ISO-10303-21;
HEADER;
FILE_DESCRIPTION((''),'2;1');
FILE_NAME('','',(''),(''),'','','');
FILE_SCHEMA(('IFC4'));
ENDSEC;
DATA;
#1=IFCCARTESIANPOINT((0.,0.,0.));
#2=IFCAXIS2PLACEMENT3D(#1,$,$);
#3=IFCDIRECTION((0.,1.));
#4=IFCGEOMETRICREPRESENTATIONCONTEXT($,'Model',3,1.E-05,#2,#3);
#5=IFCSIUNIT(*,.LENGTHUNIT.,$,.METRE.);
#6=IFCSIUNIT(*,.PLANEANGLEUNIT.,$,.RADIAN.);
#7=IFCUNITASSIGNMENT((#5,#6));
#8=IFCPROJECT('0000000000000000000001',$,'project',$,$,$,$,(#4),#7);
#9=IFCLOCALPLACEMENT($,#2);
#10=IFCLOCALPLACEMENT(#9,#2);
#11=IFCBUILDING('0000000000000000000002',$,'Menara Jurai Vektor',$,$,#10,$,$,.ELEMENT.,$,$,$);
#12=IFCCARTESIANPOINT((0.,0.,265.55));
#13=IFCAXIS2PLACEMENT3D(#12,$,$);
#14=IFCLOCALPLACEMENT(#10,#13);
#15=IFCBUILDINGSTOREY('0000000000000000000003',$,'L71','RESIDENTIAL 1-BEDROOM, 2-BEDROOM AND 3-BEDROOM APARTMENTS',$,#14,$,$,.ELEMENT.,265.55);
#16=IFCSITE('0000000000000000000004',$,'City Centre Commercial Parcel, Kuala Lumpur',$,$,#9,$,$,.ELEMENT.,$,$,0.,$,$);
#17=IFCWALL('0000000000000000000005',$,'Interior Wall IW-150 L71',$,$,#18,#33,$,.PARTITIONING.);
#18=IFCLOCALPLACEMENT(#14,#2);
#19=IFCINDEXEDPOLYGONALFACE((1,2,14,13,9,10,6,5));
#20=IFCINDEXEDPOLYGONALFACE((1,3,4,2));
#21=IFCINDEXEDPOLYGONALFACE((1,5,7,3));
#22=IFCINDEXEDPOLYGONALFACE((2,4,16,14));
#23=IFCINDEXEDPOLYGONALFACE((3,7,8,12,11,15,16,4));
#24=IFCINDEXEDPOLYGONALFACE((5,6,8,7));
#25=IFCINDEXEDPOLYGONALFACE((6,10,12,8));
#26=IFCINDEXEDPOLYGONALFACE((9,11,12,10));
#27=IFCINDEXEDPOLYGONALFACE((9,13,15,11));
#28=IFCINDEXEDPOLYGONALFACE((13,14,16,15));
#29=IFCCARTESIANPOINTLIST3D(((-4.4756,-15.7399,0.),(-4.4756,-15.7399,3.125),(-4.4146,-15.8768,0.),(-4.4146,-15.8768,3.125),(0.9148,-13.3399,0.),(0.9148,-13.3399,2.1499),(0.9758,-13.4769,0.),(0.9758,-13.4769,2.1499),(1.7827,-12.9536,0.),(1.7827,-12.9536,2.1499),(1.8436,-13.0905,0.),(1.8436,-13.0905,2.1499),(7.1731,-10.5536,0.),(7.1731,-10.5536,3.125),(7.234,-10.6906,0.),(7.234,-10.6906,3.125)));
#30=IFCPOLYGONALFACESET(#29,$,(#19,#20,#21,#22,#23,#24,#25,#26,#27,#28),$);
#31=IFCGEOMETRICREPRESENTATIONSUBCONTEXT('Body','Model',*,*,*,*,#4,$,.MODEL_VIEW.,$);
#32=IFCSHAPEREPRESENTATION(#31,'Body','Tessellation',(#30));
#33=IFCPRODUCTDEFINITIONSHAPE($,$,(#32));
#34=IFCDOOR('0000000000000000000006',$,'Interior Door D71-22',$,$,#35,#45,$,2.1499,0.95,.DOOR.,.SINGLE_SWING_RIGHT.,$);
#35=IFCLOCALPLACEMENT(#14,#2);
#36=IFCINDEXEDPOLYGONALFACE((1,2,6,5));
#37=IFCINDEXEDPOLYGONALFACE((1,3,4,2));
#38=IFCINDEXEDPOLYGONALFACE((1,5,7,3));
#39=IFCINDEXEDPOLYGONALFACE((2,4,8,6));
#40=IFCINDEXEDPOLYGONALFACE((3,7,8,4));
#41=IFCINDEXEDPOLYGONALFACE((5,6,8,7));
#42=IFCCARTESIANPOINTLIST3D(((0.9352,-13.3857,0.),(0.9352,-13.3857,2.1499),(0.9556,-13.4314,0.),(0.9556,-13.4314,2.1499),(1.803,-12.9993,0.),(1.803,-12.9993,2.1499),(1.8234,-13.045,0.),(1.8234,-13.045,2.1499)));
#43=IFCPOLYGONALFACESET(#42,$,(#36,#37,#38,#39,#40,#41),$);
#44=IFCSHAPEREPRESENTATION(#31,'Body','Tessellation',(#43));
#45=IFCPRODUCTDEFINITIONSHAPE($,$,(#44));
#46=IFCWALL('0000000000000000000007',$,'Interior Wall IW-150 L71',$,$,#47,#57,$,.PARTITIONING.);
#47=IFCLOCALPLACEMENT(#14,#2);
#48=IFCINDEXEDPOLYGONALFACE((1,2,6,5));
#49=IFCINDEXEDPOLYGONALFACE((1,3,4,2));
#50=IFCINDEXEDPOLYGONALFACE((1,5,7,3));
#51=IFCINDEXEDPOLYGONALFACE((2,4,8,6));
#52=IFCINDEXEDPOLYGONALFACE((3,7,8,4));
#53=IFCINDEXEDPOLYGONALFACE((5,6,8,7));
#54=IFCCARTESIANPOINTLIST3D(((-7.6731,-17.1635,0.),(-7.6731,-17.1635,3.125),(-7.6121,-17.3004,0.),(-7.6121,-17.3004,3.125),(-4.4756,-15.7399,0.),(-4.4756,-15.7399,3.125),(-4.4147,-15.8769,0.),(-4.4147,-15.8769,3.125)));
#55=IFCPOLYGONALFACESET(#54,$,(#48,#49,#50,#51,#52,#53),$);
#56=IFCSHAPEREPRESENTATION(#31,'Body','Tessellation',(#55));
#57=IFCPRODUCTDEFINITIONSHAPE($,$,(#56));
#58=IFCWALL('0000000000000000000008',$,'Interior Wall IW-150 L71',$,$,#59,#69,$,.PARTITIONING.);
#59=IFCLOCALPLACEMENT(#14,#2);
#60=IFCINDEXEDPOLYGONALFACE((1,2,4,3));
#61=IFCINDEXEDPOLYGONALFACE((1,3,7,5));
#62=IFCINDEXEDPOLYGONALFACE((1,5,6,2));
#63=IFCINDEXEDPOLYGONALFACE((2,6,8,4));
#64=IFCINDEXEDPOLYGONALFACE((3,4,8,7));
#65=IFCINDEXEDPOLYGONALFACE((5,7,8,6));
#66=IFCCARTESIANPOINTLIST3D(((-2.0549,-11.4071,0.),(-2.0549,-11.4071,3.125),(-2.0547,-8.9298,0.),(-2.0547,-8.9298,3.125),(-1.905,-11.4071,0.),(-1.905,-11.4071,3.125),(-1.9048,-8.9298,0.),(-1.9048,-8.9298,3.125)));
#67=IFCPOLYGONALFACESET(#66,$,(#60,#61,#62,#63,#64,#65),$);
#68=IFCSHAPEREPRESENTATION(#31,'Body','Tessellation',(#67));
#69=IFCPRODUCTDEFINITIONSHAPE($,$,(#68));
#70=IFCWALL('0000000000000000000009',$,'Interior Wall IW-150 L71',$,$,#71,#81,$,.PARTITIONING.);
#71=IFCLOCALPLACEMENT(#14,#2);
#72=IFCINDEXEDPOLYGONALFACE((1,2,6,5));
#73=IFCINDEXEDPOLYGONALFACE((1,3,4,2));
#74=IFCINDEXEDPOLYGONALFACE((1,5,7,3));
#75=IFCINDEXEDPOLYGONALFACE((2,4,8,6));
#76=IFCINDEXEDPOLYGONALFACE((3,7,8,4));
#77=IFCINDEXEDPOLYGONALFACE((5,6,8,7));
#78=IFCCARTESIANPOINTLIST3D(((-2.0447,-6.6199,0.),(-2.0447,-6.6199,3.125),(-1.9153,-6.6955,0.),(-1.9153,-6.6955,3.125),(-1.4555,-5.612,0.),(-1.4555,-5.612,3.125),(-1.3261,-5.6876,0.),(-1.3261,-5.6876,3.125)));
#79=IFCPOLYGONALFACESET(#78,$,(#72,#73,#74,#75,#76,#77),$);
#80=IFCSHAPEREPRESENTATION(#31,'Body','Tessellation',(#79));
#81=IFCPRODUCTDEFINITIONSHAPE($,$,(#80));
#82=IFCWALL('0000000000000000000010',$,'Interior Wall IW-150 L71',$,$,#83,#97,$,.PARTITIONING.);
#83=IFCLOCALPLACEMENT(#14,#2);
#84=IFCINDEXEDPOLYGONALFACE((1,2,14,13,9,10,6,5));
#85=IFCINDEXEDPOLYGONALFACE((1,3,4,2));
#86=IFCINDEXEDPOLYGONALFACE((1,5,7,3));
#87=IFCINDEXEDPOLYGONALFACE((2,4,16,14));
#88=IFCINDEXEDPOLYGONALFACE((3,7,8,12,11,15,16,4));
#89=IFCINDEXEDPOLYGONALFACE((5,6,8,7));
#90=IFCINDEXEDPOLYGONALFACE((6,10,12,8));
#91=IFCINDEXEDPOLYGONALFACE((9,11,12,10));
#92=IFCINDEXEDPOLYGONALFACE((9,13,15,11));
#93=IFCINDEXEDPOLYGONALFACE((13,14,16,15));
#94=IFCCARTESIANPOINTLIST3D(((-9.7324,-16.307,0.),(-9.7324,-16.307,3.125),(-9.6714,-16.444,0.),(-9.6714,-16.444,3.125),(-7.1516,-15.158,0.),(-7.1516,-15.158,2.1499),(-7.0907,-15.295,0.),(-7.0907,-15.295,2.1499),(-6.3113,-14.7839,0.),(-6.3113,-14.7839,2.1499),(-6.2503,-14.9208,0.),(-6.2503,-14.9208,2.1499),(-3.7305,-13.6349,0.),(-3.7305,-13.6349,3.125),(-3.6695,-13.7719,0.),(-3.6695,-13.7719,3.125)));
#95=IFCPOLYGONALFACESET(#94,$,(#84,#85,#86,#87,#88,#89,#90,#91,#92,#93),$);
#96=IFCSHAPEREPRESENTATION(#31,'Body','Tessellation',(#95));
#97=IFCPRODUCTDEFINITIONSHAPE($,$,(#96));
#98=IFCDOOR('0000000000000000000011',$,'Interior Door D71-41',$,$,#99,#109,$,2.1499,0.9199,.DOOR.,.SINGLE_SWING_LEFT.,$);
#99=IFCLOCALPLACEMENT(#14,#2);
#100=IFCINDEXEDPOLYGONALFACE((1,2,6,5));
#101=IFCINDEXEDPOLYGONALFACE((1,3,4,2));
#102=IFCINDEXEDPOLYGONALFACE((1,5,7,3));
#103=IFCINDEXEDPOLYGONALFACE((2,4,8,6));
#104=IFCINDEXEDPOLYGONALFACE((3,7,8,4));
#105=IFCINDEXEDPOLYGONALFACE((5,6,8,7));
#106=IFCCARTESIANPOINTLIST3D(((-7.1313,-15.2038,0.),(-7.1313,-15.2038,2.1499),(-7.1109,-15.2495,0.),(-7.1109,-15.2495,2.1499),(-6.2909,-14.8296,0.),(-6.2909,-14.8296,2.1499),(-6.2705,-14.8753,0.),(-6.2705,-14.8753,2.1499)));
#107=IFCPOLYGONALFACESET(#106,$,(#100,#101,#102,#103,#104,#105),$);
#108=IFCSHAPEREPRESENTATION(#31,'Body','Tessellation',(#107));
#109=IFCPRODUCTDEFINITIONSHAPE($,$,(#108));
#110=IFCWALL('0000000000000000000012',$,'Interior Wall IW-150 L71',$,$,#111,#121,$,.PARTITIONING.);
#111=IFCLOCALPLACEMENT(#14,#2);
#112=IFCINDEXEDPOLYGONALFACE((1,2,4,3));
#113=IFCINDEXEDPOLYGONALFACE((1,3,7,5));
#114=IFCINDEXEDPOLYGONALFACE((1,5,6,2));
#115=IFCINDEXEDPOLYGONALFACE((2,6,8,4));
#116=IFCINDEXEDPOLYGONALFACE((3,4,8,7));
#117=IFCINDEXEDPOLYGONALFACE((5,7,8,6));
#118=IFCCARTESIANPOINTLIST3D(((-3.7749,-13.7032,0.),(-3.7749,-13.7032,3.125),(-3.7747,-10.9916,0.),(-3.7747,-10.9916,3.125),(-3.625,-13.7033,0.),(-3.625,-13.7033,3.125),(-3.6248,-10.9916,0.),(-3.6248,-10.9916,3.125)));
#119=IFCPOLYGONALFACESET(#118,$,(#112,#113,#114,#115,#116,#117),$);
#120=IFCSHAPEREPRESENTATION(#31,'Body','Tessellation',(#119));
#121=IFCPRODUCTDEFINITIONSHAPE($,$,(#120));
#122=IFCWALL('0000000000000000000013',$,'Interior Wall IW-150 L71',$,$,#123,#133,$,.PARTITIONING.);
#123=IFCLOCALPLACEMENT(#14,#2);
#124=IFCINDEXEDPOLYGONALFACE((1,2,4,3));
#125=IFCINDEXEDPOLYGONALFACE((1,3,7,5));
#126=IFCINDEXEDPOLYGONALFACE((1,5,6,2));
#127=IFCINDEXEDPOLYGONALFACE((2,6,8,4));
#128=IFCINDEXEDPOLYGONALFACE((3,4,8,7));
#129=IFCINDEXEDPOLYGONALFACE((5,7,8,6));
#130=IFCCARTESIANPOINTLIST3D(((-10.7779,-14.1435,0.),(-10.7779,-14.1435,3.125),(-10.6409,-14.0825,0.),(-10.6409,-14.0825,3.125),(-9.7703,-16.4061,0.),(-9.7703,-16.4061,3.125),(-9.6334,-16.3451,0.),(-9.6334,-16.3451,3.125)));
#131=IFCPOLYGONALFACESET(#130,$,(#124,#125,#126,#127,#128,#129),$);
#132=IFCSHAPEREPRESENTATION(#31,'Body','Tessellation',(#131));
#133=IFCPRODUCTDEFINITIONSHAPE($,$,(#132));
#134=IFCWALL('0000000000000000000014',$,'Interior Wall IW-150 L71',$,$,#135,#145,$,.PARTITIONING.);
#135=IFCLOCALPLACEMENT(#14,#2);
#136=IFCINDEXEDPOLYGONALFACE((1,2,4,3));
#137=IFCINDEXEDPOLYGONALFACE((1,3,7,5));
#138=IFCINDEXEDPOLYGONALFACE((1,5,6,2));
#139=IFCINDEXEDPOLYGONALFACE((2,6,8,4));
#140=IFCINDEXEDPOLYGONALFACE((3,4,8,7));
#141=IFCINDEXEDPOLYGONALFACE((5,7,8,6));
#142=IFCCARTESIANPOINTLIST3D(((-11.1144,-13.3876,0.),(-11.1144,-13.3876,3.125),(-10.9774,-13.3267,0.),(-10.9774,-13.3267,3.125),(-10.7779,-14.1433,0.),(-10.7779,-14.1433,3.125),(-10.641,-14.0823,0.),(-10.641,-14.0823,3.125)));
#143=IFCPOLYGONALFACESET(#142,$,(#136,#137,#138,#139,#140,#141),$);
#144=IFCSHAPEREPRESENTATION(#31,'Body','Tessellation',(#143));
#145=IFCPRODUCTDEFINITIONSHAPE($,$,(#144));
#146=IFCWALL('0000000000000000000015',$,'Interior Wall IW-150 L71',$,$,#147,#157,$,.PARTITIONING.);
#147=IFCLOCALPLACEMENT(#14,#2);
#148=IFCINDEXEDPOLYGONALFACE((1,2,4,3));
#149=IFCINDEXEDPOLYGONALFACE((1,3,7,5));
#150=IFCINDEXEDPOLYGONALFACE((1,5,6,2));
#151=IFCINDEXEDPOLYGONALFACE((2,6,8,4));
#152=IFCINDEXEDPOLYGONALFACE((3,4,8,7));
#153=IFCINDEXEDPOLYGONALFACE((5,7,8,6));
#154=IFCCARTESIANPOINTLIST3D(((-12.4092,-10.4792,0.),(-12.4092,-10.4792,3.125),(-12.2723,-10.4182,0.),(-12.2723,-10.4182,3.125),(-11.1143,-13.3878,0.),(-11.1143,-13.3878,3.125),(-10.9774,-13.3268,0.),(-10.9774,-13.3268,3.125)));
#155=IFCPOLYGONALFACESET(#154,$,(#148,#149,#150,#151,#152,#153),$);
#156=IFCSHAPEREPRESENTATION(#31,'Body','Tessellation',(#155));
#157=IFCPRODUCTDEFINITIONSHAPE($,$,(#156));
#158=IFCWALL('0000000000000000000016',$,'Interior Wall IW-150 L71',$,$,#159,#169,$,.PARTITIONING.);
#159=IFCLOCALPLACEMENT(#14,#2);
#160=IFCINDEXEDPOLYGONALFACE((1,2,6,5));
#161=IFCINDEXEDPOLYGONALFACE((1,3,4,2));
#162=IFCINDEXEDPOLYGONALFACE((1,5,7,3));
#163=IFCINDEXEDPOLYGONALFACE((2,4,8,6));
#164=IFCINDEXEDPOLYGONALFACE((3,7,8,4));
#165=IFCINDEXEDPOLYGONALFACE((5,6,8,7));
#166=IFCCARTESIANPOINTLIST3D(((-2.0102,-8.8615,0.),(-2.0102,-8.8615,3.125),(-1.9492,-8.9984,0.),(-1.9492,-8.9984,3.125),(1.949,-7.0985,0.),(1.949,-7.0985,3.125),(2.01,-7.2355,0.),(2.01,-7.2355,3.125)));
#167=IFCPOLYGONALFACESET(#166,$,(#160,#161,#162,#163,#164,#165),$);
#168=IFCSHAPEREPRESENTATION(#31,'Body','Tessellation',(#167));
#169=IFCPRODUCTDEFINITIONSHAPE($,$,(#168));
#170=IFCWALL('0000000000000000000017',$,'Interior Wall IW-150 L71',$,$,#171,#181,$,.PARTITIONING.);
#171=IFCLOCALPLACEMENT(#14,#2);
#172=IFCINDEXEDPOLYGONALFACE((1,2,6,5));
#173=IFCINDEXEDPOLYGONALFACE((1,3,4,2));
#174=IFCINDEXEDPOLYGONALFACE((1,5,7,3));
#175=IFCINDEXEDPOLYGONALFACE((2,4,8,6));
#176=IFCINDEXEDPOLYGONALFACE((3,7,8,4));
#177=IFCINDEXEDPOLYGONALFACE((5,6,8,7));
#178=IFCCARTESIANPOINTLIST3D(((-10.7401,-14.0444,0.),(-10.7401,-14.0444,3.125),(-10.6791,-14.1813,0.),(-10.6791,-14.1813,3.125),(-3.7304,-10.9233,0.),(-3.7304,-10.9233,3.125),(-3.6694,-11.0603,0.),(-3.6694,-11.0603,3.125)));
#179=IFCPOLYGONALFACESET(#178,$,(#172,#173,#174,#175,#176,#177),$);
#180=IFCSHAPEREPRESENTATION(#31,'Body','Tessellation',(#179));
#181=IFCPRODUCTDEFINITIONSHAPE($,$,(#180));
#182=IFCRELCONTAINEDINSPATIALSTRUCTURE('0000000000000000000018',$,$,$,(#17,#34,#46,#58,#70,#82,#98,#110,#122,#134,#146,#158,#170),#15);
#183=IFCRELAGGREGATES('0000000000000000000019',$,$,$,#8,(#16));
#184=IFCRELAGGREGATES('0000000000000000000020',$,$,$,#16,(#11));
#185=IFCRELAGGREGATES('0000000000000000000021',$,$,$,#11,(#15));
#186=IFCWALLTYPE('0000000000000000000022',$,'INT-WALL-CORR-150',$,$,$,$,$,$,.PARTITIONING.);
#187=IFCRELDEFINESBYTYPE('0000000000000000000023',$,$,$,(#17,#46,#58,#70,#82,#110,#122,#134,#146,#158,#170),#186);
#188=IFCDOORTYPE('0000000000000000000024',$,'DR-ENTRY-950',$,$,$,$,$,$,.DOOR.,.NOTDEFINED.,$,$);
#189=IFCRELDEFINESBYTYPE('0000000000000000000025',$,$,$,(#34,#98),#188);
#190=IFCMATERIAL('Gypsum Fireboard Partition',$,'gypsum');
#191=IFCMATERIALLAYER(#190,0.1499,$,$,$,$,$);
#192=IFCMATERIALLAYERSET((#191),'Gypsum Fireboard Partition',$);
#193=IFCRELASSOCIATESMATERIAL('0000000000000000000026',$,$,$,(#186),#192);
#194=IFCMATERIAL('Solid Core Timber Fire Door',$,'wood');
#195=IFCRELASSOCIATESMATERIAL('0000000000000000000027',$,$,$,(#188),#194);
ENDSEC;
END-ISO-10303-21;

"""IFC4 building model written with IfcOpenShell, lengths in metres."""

from ifc_helpers import new_model, si_unit, direction, frame, frame_2d, origin, place, context, subcontext, project, spatial, rectangle, extrude, material, layer, layer_set, type_object, element, fill, save


model = new_model("IFC4")

# Units and contexts
model_context = context("Model", 3, precision=1e-05, world=origin(), true_north=direction((0.0, 1.0)))
body_context = subcontext(model_context, "Body", "Model", "MODEL_VIEW")
ifc_project = project(units=[si_unit("LENGTHUNIT", "METRE"), si_unit("PLANEANGLEUNIT", "RADIAN")], contexts=[model_context])

# Site, building, storey
site_placement = place(None, origin())
site = spatial("IfcSite", under=ifc_project, at=site_placement, Name="City Centre Commercial Parcel, Kuala Lumpur", CompositionType="ELEMENT", RefElevation=0.0)
building_placement = place(site_placement, origin())
building = spatial("IfcBuilding", under=site, at=building_placement, Name="Menara Jurai Vektor", CompositionType="ELEMENT")
storey_placement = place(building_placement, frame((0.0, 0.0, 265.55)))
storey = spatial("IfcBuildingStorey", under=building, at=storey_placement, Name="L71", Description="RESIDENTIAL 1-BEDROOM, 2-BEDROOM AND 3-BEDROOM APARTMENTS", CompositionType="ELEMENT", Elevation=265.55)

# Wall, opening, door
ifc_material_1 = material(Name="Gypsum Fireboard Partition", Category="gypsum")
ifc_layer = layer(ifc_material_1, 0.1499)
ifc_layer_set = layer_set([ifc_layer], Name="Gypsum Fireboard Partition")
wall_type = type_object("IfcWallType", Name="INT-WALL-CORR-150", PredefinedType="PARTITIONING", material=ifc_layer_set)
wall_1_placement = place(storey_placement, frame((-4.4451, -15.8083, 0.0), z_axis=(0.0, 0.0, 1.0), x_axis=(0.913547, 0.406734, 0.0)))
wall_1 = element("IfcWall", 1, at=wall_1_placement, inside=storey, type_object=wall_type, Name="Interior Wall IW-150 L71", PredefinedType="PARTITIONING", context=body_context, shape_type="SweptSolid", body=[
    extrude(rectangle(XDim=12.751, YDim=0.1499, at=frame_2d((6.3755, 0.0))), origin(), (0.0, 0.0, 1.0), 3.125),
])
opening_1_placement = place(wall_1_placement, frame((5.9004, 0.0, 0.0)))
opening_1 = element("IfcOpeningElement", 2, at=opening_1_placement, cuts=wall_1, PredefinedType="OPENING", context=body_context, shape_type="SweptSolid", body=[
    extrude(rectangle(XDim=0.95, YDim=2.1499, at=frame_2d((0.4751, 1.075))), frame((0.0, 0.085, 0.0), z_axis=(0.0, -1.0, 0.0), x_axis=(1.0, 0.0, 0.0)), (0.0, 0.0, 1.0), 0.1699),
])
ifc_material_2 = material(Name="Solid Core Timber Fire Door", Category="wood")
door_type = type_object("IfcDoorType", Name="DR-ENTRY-950", OperationType="NOTDEFINED", PredefinedType="DOOR", material=ifc_material_2)
door_1_placement = place(opening_1_placement, origin())
door_1 = element("IfcDoor", 3, at=door_1_placement, inside=storey, type_object=door_type, Name="Interior Door D71-22", OperationType="SINGLE_SWING_RIGHT", OverallHeight=2.1499, OverallWidth=0.95, PredefinedType="DOOR", context=body_context, shape_type="SweptSolid", body=[
    extrude(rectangle(XDim=0.95, YDim=2.1499, at=frame_2d((0.4751, 1.075))), frame((0.0, 0.0249, 0.0), z_axis=(0.0, -1.0, 0.0), x_axis=(1.0, 0.0, 0.0)), (0.0, 0.0, 1.0), 0.05),
])
fill(opening_1, door_1)

# Walls
wall_2_placement = place(storey_placement, frame((-7.6426, -17.2319, 0.0), z_axis=(0.0, 0.0, 1.0), x_axis=(0.91355, 0.406727, 0.0)))
element("IfcWall", 4, at=wall_2_placement, inside=storey, type_object=wall_type, Name="Interior Wall IW-150 L71", PredefinedType="PARTITIONING", context=body_context, shape_type="SweptSolid", body=[
    extrude(rectangle(XDim=3.5, YDim=0.1499, at=frame_2d((1.75, 0.0))), origin(), (0.0, 0.0, 1.0), 3.125),
])
wall_3_placement = place(storey_placement, frame((-1.98, -11.4072, 0.0), z_axis=(0.0, 0.0, 1.0), x_axis=(0.000099, 1.0, 0.0)))
element("IfcWall", 5, at=wall_3_placement, inside=storey, type_object=wall_type, Name="Interior Wall IW-150 L71", PredefinedType="PARTITIONING", context=body_context, shape_type="SweptSolid", body=[
    extrude(rectangle(XDim=2.4773, YDim=0.1499, at=frame_2d((1.2388, 0.0))), origin(), (0.0, 0.0, 1.0), 3.125),
])

# Wall
wall_4_placement = place(storey_placement, frame((-1.98, -6.6577, 0.0), z_axis=(0.0, 0.0, 1.0), x_axis=(0.504651, 0.863323, 0.0)))
element("IfcWall", 6, at=wall_4_placement, inside=storey, type_object=wall_type, Name="Interior Wall IW-150 L71", PredefinedType="PARTITIONING", context=body_context, shape_type="SweptSolid", body=[
    extrude(rectangle(XDim=1.1675, YDim=0.1499, at=frame_2d((0.5837, 0.0))), origin(), (0.0, 0.0, 1.0), 3.125),
])

# Wall, opening, door
wall_5_placement = place(storey_placement, frame((-9.7019, -16.3755, 0.0), z_axis=(0.0, 0.0, 1.0), x_axis=(0.913552, 0.406721, 0.0)))
wall_5 = element("IfcWall", 7, at=wall_5_placement, inside=storey, type_object=wall_type, Name="Interior Wall IW-150 L71", PredefinedType="PARTITIONING", context=body_context, shape_type="SweptSolid", body=[
    extrude(rectangle(XDim=6.5698, YDim=0.1499, at=frame_2d((3.2849, 0.0))), origin(), (0.0, 0.0, 1.0), 3.125),
])
opening_2_placement = place(wall_5_placement, frame((2.825, 0.0, 0.0)))
opening_2 = element("IfcOpeningElement", 8, at=opening_2_placement, cuts=wall_5, PredefinedType="OPENING", context=body_context, shape_type="SweptSolid", body=[
    extrude(rectangle(XDim=0.9199, YDim=2.1499, at=frame_2d((0.46, 1.075))), frame((0.0, 0.085, 0.0), z_axis=(0.0, -1.0, 0.0), x_axis=(1.0, 0.0, 0.0)), (0.0, 0.0, 1.0), 0.1699),
])
door_2_placement = place(opening_2_placement, origin())
door_2 = element("IfcDoor", 9, at=door_2_placement, inside=storey, type_object=door_type, Name="Interior Door D71-41", OperationType="SINGLE_SWING_LEFT", OverallHeight=2.1499, OverallWidth=0.9199, PredefinedType="DOOR", context=body_context, shape_type="SweptSolid", body=[
    extrude(rectangle(XDim=0.9199, YDim=2.1499, at=frame_2d((0.46, 1.075))), frame((0.0, 0.0249, 0.0), z_axis=(0.0, -1.0, 0.0), x_axis=(1.0, 0.0, 0.0)), (0.0, 0.0, 1.0), 0.05),
])
fill(opening_2, door_2)

# Wall
wall_6_placement = place(storey_placement, frame((-3.7, -13.7034, 0.0), z_axis=(0.0, 0.0, 1.0), x_axis=(0.00009, 1.0, 0.0)))
element("IfcWall", 10, at=wall_6_placement, inside=storey, type_object=wall_type, Name="Interior Wall IW-150 L71", PredefinedType="PARTITIONING", context=body_context, shape_type="SweptSolid", body=[
    extrude(rectangle(XDim=2.7117, YDim=0.1499, at=frame_2d((1.356, 0.0))), origin(), (0.0, 0.0, 1.0), 3.125),
])

# Walls
wall_7_placement = place(storey_placement, frame((-9.7019, -16.3755, 0.0), z_axis=(0.0, 0.0, 1.0), x_axis=(-0.406788, 0.913523, 0.0)))
element("IfcWall", 11, at=wall_7_placement, inside=storey, type_object=wall_type, Name="Interior Wall IW-150 L71", PredefinedType="PARTITIONING", context=body_context, shape_type="SweptSolid", body=[
    extrude(rectangle(XDim=2.4768, YDim=0.1499, at=frame_2d((1.2383, 0.0))), origin(), (0.0, 0.0, 1.0), 3.125),
])
wall_8_placement = place(storey_placement, frame((-10.7095, -14.1128, 0.0), z_axis=(0.0, 0.0, 1.0), x_axis=(-0.406741, 0.913544, 0.0)))
element("IfcWall", 12, at=wall_8_placement, inside=storey, type_object=wall_type, Name="Interior Wall IW-150 L71", PredefinedType="PARTITIONING", context=body_context, shape_type="SweptSolid", body=[
    extrude(rectangle(XDim=0.8271, YDim=0.1499, at=frame_2d((0.4136, 0.0))), origin(), (0.0, 0.0, 1.0), 3.125),
])
wall_9_placement = place(storey_placement, frame((-11.0459, -13.3572, 0.0), z_axis=(0.0, 0.0, 1.0), x_axis=(-0.406708, 0.913558, 0.0)))
element("IfcWall", 13, at=wall_9_placement, inside=storey, type_object=wall_type, Name="Interior Wall IW-150 L71", PredefinedType="PARTITIONING", context=body_context, shape_type="SweptSolid", body=[
    extrude(rectangle(XDim=3.1838, YDim=0.1499, at=frame_2d((1.5918, 0.0))), origin(), (0.0, 0.0, 1.0), 3.125),
])
wall_10_placement = place(storey_placement, frame((-1.9797, -8.9299, 0.0), z_axis=(0.0, 0.0, 1.0), x_axis=(0.91353, 0.406771, 0.0)))
element("IfcWall", 14, at=wall_10_placement, inside=storey, type_object=wall_type, Name="Interior Wall IW-150 L71", PredefinedType="PARTITIONING", context=body_context, shape_type="SweptSolid", body=[
    extrude(rectangle(XDim=4.334, YDim=0.1499, at=frame_2d((2.167, 0.0))), origin(), (0.0, 0.0, 1.0), 3.125),
])
wall_11_placement = place(storey_placement, frame((-10.7095, -14.1128, 0.0), z_axis=(0.0, 0.0, 1.0), x_axis=(0.913538, 0.406752, 0.0)))
element("IfcWall", 15, at=wall_11_placement, inside=storey, type_object=wall_type, Name="Interior Wall IW-150 L71", PredefinedType="PARTITIONING", context=body_context, shape_type="SweptSolid", body=[
    extrude(rectangle(XDim=7.6731, YDim=0.1499, at=frame_2d((3.8364, 0.0))), origin(), (0.0, 0.0, 1.0), 3.125),
])

save(model, "model.ifc")
